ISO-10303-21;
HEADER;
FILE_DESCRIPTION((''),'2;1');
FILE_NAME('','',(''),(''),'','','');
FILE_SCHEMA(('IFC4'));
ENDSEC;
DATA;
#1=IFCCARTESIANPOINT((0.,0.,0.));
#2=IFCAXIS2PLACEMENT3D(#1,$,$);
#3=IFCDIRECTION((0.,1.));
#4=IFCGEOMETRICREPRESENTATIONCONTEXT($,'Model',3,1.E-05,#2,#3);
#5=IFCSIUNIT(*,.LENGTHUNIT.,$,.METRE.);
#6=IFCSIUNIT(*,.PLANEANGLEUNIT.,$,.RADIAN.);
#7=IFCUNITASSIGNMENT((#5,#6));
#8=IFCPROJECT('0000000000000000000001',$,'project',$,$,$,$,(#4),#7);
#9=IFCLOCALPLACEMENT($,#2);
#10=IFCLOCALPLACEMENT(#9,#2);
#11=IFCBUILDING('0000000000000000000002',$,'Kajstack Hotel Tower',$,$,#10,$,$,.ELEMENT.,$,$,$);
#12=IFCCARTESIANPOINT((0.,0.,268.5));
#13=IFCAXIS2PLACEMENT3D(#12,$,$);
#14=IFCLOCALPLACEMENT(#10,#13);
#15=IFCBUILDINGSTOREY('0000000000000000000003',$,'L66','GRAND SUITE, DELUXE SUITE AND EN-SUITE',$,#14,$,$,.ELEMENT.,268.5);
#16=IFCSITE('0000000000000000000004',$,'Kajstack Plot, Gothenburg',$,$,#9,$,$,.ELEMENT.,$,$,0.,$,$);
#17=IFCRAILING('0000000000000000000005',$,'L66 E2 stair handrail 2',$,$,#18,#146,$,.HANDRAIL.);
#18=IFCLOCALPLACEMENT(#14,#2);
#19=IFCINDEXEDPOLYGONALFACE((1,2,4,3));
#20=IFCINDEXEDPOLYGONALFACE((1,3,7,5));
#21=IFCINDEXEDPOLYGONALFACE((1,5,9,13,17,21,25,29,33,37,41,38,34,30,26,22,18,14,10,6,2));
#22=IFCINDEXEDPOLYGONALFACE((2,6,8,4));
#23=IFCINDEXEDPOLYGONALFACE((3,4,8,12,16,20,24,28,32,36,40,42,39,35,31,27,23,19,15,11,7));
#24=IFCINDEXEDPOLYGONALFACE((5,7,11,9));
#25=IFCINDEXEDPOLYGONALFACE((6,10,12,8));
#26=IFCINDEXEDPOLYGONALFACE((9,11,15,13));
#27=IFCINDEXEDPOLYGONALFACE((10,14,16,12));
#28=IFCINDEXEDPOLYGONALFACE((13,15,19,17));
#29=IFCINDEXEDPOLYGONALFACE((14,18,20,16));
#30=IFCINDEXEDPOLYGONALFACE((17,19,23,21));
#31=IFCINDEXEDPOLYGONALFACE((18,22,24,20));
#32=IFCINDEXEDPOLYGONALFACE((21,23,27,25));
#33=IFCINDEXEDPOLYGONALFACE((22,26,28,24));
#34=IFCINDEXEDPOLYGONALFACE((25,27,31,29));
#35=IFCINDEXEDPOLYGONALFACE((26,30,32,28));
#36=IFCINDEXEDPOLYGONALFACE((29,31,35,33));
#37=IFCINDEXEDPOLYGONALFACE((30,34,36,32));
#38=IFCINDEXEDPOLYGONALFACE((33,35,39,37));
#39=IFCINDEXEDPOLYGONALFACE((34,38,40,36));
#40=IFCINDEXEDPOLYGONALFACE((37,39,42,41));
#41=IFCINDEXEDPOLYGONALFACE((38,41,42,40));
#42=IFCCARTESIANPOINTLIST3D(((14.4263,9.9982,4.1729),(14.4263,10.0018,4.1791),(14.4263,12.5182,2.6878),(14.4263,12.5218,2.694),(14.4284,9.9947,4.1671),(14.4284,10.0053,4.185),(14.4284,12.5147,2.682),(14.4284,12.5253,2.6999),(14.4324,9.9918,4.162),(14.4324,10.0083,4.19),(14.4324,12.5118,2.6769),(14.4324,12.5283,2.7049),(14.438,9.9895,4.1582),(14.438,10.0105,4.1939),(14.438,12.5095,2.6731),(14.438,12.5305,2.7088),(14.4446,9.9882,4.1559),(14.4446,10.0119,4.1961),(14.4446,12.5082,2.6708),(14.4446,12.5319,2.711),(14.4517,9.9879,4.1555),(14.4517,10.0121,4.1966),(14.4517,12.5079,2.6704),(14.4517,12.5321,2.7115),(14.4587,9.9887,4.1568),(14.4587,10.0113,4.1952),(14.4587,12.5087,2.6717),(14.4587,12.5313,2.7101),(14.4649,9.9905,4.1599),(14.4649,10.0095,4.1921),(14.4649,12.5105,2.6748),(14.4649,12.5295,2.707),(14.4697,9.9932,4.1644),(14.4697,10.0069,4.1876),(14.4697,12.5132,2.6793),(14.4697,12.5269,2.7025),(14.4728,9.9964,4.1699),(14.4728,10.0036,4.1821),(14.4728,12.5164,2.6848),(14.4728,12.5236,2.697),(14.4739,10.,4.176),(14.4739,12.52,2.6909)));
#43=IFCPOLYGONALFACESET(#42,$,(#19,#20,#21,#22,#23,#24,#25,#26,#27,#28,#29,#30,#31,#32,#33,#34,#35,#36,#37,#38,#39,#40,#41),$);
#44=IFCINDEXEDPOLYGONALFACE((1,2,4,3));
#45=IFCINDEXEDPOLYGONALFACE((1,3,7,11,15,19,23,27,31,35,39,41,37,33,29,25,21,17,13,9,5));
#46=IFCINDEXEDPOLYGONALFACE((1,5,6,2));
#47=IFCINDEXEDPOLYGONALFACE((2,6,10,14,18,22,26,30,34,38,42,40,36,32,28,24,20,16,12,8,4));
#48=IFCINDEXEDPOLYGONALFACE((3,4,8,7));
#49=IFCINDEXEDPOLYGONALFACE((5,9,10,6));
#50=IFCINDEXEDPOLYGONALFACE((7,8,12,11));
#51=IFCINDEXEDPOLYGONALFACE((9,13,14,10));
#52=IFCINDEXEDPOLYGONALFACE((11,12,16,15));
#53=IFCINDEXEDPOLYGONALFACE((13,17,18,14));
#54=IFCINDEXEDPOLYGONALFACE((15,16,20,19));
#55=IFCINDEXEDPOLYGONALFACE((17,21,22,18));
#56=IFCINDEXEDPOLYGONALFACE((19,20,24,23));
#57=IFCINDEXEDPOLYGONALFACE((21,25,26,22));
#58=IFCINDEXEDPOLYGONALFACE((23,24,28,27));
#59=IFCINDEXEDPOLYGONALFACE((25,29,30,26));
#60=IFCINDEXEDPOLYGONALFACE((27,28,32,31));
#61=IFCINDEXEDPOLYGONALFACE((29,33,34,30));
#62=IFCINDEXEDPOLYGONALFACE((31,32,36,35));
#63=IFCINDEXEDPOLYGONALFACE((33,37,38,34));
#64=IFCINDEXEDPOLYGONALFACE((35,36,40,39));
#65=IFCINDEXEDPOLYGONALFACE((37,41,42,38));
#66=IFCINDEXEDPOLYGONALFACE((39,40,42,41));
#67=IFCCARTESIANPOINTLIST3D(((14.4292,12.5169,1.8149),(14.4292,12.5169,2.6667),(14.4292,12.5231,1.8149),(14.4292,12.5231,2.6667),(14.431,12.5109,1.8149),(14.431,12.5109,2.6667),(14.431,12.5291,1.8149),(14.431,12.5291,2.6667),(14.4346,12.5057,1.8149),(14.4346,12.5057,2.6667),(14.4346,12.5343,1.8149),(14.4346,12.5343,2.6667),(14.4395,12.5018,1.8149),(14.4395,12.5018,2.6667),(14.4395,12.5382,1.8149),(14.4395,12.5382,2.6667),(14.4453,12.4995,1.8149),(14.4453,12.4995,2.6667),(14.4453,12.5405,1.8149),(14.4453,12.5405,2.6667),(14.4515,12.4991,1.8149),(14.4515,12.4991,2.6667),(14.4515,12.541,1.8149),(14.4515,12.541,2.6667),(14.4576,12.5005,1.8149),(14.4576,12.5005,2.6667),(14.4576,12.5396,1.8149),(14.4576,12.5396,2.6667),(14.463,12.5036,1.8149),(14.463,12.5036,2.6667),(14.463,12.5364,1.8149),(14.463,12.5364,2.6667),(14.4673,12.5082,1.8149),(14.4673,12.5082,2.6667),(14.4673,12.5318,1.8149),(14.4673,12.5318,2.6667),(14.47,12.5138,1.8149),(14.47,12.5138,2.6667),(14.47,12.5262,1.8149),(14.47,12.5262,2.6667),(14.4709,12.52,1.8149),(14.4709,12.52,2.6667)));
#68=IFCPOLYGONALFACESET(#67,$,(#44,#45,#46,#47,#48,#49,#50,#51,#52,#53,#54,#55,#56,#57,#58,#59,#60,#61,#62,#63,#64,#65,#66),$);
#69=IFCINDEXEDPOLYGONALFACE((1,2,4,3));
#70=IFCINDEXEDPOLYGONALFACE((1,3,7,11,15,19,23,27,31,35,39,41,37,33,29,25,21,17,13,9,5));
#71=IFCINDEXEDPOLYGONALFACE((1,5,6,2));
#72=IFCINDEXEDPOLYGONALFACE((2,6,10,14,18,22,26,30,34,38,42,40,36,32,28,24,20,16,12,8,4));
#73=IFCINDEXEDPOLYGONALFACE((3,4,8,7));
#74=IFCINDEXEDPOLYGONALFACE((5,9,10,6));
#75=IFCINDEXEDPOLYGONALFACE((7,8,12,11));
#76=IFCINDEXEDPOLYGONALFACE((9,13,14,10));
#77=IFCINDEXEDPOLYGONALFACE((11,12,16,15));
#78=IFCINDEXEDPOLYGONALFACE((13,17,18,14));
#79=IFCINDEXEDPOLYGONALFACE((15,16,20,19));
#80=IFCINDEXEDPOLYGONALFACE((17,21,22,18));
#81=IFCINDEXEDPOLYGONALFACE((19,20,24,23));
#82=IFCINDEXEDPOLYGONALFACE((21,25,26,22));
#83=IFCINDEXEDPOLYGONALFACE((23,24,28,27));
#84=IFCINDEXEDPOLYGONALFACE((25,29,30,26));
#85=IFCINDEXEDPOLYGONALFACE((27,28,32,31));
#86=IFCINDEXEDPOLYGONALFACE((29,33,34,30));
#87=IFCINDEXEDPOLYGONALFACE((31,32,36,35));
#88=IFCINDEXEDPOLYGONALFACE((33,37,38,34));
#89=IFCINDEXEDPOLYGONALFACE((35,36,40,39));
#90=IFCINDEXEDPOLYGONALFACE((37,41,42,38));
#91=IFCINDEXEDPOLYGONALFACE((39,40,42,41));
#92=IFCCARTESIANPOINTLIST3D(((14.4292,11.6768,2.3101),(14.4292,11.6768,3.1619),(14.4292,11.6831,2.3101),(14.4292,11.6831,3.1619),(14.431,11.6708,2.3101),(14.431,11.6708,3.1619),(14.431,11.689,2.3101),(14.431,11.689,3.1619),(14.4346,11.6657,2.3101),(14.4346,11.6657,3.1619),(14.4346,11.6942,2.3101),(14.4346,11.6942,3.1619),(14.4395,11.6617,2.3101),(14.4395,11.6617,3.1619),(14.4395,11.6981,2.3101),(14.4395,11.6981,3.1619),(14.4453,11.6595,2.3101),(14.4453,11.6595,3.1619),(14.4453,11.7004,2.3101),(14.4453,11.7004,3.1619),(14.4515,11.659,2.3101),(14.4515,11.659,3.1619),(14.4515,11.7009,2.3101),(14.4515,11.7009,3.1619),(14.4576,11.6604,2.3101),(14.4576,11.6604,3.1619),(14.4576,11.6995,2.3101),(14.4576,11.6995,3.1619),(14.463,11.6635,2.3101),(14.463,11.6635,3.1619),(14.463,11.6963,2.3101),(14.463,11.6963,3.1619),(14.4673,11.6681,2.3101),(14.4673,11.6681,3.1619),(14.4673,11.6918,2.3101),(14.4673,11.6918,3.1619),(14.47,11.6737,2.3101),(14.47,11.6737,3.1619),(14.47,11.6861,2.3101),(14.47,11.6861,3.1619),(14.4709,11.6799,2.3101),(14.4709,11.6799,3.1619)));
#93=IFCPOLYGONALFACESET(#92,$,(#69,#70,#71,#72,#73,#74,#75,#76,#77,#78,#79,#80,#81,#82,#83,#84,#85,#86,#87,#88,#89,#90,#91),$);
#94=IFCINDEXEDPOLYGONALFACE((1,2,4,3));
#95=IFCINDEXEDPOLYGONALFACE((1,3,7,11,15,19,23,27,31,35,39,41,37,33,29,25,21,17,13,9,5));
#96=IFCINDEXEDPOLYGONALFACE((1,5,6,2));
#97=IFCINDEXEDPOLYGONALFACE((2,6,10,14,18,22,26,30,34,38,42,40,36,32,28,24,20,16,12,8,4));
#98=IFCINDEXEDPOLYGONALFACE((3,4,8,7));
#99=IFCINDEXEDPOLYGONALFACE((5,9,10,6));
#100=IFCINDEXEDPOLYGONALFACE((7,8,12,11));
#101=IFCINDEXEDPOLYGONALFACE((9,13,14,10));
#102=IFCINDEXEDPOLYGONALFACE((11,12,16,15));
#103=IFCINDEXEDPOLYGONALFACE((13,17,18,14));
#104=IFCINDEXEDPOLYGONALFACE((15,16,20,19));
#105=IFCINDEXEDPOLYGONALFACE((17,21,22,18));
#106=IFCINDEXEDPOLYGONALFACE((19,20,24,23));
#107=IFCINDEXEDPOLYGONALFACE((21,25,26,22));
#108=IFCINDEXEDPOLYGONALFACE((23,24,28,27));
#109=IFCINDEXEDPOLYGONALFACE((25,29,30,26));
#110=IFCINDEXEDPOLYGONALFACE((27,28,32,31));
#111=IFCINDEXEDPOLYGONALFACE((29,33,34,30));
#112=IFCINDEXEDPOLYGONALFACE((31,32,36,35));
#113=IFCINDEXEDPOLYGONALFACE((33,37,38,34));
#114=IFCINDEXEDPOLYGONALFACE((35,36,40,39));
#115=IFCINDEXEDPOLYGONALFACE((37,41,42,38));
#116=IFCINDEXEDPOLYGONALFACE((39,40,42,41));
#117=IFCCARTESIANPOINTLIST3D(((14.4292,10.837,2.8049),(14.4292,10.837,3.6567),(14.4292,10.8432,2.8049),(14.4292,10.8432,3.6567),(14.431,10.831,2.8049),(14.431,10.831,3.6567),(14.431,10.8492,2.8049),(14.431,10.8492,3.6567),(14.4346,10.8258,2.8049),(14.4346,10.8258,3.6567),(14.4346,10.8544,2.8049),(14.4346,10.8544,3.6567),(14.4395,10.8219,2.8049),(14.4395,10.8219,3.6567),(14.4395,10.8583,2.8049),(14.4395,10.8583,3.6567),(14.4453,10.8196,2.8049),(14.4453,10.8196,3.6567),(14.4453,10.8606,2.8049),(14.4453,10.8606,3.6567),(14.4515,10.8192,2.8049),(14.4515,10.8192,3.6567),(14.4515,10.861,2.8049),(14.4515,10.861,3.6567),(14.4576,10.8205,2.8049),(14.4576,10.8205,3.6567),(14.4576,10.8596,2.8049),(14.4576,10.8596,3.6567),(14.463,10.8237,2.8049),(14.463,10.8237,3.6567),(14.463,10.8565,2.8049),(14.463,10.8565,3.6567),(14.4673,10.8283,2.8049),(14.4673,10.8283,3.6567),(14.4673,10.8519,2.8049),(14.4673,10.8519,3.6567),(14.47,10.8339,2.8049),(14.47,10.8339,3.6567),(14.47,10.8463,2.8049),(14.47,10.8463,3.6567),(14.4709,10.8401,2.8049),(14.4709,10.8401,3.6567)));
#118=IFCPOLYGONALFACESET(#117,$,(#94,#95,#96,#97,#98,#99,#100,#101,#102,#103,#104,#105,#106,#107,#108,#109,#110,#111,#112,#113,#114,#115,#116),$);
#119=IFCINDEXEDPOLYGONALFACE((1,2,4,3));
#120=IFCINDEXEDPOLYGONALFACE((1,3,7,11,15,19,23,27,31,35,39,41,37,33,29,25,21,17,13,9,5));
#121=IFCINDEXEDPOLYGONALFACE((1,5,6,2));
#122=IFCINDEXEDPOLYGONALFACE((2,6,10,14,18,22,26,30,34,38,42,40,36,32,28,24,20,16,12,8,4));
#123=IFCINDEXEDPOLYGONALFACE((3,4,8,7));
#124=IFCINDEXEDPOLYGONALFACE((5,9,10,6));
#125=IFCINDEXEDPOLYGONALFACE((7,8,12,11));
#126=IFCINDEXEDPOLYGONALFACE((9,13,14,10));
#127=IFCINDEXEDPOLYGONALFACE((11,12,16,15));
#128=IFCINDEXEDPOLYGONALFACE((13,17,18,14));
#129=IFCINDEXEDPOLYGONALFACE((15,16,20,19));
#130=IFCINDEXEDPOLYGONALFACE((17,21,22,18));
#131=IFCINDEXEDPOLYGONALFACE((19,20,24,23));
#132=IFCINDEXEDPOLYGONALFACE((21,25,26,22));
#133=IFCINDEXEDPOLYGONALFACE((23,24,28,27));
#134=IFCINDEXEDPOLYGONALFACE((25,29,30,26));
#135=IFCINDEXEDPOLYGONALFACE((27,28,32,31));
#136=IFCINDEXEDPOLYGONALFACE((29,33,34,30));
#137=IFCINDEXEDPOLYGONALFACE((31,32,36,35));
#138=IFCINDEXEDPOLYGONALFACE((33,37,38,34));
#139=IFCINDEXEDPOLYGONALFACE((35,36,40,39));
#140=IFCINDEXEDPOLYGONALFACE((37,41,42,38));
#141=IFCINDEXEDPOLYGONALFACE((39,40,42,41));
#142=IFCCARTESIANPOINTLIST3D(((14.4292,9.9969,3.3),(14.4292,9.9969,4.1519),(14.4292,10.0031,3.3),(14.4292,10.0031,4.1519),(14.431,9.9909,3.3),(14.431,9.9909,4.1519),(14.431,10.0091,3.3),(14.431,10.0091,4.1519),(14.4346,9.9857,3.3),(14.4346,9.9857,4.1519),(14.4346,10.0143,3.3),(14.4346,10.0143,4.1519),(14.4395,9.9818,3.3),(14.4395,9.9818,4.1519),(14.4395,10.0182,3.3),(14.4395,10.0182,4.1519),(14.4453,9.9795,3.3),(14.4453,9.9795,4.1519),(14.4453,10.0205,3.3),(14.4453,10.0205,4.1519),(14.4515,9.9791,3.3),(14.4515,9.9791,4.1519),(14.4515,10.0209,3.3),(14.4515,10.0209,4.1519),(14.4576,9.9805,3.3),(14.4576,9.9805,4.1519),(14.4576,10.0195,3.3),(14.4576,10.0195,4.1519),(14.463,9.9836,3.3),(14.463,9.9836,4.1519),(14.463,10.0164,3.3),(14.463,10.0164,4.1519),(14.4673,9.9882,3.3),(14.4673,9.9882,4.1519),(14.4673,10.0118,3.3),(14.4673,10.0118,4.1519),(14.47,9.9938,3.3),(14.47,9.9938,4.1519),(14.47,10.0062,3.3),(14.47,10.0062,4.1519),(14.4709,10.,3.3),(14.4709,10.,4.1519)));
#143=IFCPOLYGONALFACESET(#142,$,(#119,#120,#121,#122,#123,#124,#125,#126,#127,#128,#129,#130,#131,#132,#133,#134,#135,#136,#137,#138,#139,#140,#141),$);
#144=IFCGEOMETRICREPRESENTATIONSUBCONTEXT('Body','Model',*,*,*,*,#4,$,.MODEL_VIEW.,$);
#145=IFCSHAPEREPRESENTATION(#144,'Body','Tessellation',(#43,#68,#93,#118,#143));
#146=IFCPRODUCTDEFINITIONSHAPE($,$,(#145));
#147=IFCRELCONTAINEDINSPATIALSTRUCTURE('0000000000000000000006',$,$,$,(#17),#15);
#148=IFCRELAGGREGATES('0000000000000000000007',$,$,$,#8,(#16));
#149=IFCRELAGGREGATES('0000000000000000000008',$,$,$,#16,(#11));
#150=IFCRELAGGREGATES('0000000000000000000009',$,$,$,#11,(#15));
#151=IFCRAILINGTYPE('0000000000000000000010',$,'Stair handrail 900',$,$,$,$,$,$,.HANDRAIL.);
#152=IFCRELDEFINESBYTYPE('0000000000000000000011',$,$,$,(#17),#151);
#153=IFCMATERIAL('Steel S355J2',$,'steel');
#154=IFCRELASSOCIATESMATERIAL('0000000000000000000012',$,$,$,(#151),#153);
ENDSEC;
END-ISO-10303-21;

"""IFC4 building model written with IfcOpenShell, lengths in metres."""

from ifc_helpers import new_model, si_unit, direction, frame, origin, origin_2d, place, context, subcontext, project, spatial, circle, extrude, material, type_object, element, save


model = new_model("IFC4")

# Units and contexts
model_context = context("Model", 3, precision=1e-05, world=origin(), true_north=direction((0.0, 1.0)))
body_context = subcontext(model_context, "Body", "Model", "MODEL_VIEW")
ifc_project = project(units=[si_unit("LENGTHUNIT", "METRE"), si_unit("PLANEANGLEUNIT", "RADIAN")], contexts=[model_context])

# Site, building, storey
site_placement = place(None, origin())
site = spatial("IfcSite", under=ifc_project, at=site_placement, Name="Kajstack Plot, Gothenburg", CompositionType="ELEMENT", RefElevation=0.0)
building_placement = place(site_placement, origin())
building = spatial("IfcBuilding", under=site, at=building_placement, Name="Kajstack Hotel Tower", CompositionType="ELEMENT")
storey_placement = place(building_placement, frame((0.0, 0.0, 268.5)))
storey = spatial("IfcBuildingStorey", under=building, at=storey_placement, Name="L66", Description="GRAND SUITE, DELUXE SUITE AND EN-SUITE", CompositionType="ELEMENT", Elevation=268.5)

# Railing
ifc_material_1 = material(Name="Steel S355J2", Category="steel")
railing_type_1 = type_object("IfcRailingType", Name="Stair handrail 900", PredefinedType="HANDRAIL", material=ifc_material_1)
railing_1_placement = place(storey_placement, frame((14.45, 12.52, 1.8149)))
element("IfcRailing", 1, at=railing_1_placement, inside=storey, type_object=railing_type_1, Name="L66 E2 stair handrail 2", PredefinedType="HANDRAIL", context=body_context, shape_type="SweptSolid", body=[
    extrude(circle(Radius=0.0239, at=origin_2d()), frame((0.0, 0.0, 0.876), z_axis=(0.0, -0.861524, 0.507717), x_axis=(1.0, 0.0, 0.0)), (0.0, 0.0, 1.0), 2.925),
    extrude(circle(Radius=0.021, at=origin_2d()), origin(), (0.0, 0.0, 1.0), 0.8518),
    extrude(circle(Radius=0.021, at=origin_2d()), frame((0.0, -0.8401, 0.4951)), (0.0, 0.0, 1.0), 0.8518),
    extrude(circle(Radius=0.021, at=origin_2d()), frame((0.0, -1.6799, 0.99)), (0.0, 0.0, 1.0), 0.8518),
    extrude(circle(Radius=0.021, at=origin_2d()), frame((0.0, -2.52, 1.4851)), (0.0, 0.0, 1.0), 0.8518),
])

save(model, "model.ifc")
